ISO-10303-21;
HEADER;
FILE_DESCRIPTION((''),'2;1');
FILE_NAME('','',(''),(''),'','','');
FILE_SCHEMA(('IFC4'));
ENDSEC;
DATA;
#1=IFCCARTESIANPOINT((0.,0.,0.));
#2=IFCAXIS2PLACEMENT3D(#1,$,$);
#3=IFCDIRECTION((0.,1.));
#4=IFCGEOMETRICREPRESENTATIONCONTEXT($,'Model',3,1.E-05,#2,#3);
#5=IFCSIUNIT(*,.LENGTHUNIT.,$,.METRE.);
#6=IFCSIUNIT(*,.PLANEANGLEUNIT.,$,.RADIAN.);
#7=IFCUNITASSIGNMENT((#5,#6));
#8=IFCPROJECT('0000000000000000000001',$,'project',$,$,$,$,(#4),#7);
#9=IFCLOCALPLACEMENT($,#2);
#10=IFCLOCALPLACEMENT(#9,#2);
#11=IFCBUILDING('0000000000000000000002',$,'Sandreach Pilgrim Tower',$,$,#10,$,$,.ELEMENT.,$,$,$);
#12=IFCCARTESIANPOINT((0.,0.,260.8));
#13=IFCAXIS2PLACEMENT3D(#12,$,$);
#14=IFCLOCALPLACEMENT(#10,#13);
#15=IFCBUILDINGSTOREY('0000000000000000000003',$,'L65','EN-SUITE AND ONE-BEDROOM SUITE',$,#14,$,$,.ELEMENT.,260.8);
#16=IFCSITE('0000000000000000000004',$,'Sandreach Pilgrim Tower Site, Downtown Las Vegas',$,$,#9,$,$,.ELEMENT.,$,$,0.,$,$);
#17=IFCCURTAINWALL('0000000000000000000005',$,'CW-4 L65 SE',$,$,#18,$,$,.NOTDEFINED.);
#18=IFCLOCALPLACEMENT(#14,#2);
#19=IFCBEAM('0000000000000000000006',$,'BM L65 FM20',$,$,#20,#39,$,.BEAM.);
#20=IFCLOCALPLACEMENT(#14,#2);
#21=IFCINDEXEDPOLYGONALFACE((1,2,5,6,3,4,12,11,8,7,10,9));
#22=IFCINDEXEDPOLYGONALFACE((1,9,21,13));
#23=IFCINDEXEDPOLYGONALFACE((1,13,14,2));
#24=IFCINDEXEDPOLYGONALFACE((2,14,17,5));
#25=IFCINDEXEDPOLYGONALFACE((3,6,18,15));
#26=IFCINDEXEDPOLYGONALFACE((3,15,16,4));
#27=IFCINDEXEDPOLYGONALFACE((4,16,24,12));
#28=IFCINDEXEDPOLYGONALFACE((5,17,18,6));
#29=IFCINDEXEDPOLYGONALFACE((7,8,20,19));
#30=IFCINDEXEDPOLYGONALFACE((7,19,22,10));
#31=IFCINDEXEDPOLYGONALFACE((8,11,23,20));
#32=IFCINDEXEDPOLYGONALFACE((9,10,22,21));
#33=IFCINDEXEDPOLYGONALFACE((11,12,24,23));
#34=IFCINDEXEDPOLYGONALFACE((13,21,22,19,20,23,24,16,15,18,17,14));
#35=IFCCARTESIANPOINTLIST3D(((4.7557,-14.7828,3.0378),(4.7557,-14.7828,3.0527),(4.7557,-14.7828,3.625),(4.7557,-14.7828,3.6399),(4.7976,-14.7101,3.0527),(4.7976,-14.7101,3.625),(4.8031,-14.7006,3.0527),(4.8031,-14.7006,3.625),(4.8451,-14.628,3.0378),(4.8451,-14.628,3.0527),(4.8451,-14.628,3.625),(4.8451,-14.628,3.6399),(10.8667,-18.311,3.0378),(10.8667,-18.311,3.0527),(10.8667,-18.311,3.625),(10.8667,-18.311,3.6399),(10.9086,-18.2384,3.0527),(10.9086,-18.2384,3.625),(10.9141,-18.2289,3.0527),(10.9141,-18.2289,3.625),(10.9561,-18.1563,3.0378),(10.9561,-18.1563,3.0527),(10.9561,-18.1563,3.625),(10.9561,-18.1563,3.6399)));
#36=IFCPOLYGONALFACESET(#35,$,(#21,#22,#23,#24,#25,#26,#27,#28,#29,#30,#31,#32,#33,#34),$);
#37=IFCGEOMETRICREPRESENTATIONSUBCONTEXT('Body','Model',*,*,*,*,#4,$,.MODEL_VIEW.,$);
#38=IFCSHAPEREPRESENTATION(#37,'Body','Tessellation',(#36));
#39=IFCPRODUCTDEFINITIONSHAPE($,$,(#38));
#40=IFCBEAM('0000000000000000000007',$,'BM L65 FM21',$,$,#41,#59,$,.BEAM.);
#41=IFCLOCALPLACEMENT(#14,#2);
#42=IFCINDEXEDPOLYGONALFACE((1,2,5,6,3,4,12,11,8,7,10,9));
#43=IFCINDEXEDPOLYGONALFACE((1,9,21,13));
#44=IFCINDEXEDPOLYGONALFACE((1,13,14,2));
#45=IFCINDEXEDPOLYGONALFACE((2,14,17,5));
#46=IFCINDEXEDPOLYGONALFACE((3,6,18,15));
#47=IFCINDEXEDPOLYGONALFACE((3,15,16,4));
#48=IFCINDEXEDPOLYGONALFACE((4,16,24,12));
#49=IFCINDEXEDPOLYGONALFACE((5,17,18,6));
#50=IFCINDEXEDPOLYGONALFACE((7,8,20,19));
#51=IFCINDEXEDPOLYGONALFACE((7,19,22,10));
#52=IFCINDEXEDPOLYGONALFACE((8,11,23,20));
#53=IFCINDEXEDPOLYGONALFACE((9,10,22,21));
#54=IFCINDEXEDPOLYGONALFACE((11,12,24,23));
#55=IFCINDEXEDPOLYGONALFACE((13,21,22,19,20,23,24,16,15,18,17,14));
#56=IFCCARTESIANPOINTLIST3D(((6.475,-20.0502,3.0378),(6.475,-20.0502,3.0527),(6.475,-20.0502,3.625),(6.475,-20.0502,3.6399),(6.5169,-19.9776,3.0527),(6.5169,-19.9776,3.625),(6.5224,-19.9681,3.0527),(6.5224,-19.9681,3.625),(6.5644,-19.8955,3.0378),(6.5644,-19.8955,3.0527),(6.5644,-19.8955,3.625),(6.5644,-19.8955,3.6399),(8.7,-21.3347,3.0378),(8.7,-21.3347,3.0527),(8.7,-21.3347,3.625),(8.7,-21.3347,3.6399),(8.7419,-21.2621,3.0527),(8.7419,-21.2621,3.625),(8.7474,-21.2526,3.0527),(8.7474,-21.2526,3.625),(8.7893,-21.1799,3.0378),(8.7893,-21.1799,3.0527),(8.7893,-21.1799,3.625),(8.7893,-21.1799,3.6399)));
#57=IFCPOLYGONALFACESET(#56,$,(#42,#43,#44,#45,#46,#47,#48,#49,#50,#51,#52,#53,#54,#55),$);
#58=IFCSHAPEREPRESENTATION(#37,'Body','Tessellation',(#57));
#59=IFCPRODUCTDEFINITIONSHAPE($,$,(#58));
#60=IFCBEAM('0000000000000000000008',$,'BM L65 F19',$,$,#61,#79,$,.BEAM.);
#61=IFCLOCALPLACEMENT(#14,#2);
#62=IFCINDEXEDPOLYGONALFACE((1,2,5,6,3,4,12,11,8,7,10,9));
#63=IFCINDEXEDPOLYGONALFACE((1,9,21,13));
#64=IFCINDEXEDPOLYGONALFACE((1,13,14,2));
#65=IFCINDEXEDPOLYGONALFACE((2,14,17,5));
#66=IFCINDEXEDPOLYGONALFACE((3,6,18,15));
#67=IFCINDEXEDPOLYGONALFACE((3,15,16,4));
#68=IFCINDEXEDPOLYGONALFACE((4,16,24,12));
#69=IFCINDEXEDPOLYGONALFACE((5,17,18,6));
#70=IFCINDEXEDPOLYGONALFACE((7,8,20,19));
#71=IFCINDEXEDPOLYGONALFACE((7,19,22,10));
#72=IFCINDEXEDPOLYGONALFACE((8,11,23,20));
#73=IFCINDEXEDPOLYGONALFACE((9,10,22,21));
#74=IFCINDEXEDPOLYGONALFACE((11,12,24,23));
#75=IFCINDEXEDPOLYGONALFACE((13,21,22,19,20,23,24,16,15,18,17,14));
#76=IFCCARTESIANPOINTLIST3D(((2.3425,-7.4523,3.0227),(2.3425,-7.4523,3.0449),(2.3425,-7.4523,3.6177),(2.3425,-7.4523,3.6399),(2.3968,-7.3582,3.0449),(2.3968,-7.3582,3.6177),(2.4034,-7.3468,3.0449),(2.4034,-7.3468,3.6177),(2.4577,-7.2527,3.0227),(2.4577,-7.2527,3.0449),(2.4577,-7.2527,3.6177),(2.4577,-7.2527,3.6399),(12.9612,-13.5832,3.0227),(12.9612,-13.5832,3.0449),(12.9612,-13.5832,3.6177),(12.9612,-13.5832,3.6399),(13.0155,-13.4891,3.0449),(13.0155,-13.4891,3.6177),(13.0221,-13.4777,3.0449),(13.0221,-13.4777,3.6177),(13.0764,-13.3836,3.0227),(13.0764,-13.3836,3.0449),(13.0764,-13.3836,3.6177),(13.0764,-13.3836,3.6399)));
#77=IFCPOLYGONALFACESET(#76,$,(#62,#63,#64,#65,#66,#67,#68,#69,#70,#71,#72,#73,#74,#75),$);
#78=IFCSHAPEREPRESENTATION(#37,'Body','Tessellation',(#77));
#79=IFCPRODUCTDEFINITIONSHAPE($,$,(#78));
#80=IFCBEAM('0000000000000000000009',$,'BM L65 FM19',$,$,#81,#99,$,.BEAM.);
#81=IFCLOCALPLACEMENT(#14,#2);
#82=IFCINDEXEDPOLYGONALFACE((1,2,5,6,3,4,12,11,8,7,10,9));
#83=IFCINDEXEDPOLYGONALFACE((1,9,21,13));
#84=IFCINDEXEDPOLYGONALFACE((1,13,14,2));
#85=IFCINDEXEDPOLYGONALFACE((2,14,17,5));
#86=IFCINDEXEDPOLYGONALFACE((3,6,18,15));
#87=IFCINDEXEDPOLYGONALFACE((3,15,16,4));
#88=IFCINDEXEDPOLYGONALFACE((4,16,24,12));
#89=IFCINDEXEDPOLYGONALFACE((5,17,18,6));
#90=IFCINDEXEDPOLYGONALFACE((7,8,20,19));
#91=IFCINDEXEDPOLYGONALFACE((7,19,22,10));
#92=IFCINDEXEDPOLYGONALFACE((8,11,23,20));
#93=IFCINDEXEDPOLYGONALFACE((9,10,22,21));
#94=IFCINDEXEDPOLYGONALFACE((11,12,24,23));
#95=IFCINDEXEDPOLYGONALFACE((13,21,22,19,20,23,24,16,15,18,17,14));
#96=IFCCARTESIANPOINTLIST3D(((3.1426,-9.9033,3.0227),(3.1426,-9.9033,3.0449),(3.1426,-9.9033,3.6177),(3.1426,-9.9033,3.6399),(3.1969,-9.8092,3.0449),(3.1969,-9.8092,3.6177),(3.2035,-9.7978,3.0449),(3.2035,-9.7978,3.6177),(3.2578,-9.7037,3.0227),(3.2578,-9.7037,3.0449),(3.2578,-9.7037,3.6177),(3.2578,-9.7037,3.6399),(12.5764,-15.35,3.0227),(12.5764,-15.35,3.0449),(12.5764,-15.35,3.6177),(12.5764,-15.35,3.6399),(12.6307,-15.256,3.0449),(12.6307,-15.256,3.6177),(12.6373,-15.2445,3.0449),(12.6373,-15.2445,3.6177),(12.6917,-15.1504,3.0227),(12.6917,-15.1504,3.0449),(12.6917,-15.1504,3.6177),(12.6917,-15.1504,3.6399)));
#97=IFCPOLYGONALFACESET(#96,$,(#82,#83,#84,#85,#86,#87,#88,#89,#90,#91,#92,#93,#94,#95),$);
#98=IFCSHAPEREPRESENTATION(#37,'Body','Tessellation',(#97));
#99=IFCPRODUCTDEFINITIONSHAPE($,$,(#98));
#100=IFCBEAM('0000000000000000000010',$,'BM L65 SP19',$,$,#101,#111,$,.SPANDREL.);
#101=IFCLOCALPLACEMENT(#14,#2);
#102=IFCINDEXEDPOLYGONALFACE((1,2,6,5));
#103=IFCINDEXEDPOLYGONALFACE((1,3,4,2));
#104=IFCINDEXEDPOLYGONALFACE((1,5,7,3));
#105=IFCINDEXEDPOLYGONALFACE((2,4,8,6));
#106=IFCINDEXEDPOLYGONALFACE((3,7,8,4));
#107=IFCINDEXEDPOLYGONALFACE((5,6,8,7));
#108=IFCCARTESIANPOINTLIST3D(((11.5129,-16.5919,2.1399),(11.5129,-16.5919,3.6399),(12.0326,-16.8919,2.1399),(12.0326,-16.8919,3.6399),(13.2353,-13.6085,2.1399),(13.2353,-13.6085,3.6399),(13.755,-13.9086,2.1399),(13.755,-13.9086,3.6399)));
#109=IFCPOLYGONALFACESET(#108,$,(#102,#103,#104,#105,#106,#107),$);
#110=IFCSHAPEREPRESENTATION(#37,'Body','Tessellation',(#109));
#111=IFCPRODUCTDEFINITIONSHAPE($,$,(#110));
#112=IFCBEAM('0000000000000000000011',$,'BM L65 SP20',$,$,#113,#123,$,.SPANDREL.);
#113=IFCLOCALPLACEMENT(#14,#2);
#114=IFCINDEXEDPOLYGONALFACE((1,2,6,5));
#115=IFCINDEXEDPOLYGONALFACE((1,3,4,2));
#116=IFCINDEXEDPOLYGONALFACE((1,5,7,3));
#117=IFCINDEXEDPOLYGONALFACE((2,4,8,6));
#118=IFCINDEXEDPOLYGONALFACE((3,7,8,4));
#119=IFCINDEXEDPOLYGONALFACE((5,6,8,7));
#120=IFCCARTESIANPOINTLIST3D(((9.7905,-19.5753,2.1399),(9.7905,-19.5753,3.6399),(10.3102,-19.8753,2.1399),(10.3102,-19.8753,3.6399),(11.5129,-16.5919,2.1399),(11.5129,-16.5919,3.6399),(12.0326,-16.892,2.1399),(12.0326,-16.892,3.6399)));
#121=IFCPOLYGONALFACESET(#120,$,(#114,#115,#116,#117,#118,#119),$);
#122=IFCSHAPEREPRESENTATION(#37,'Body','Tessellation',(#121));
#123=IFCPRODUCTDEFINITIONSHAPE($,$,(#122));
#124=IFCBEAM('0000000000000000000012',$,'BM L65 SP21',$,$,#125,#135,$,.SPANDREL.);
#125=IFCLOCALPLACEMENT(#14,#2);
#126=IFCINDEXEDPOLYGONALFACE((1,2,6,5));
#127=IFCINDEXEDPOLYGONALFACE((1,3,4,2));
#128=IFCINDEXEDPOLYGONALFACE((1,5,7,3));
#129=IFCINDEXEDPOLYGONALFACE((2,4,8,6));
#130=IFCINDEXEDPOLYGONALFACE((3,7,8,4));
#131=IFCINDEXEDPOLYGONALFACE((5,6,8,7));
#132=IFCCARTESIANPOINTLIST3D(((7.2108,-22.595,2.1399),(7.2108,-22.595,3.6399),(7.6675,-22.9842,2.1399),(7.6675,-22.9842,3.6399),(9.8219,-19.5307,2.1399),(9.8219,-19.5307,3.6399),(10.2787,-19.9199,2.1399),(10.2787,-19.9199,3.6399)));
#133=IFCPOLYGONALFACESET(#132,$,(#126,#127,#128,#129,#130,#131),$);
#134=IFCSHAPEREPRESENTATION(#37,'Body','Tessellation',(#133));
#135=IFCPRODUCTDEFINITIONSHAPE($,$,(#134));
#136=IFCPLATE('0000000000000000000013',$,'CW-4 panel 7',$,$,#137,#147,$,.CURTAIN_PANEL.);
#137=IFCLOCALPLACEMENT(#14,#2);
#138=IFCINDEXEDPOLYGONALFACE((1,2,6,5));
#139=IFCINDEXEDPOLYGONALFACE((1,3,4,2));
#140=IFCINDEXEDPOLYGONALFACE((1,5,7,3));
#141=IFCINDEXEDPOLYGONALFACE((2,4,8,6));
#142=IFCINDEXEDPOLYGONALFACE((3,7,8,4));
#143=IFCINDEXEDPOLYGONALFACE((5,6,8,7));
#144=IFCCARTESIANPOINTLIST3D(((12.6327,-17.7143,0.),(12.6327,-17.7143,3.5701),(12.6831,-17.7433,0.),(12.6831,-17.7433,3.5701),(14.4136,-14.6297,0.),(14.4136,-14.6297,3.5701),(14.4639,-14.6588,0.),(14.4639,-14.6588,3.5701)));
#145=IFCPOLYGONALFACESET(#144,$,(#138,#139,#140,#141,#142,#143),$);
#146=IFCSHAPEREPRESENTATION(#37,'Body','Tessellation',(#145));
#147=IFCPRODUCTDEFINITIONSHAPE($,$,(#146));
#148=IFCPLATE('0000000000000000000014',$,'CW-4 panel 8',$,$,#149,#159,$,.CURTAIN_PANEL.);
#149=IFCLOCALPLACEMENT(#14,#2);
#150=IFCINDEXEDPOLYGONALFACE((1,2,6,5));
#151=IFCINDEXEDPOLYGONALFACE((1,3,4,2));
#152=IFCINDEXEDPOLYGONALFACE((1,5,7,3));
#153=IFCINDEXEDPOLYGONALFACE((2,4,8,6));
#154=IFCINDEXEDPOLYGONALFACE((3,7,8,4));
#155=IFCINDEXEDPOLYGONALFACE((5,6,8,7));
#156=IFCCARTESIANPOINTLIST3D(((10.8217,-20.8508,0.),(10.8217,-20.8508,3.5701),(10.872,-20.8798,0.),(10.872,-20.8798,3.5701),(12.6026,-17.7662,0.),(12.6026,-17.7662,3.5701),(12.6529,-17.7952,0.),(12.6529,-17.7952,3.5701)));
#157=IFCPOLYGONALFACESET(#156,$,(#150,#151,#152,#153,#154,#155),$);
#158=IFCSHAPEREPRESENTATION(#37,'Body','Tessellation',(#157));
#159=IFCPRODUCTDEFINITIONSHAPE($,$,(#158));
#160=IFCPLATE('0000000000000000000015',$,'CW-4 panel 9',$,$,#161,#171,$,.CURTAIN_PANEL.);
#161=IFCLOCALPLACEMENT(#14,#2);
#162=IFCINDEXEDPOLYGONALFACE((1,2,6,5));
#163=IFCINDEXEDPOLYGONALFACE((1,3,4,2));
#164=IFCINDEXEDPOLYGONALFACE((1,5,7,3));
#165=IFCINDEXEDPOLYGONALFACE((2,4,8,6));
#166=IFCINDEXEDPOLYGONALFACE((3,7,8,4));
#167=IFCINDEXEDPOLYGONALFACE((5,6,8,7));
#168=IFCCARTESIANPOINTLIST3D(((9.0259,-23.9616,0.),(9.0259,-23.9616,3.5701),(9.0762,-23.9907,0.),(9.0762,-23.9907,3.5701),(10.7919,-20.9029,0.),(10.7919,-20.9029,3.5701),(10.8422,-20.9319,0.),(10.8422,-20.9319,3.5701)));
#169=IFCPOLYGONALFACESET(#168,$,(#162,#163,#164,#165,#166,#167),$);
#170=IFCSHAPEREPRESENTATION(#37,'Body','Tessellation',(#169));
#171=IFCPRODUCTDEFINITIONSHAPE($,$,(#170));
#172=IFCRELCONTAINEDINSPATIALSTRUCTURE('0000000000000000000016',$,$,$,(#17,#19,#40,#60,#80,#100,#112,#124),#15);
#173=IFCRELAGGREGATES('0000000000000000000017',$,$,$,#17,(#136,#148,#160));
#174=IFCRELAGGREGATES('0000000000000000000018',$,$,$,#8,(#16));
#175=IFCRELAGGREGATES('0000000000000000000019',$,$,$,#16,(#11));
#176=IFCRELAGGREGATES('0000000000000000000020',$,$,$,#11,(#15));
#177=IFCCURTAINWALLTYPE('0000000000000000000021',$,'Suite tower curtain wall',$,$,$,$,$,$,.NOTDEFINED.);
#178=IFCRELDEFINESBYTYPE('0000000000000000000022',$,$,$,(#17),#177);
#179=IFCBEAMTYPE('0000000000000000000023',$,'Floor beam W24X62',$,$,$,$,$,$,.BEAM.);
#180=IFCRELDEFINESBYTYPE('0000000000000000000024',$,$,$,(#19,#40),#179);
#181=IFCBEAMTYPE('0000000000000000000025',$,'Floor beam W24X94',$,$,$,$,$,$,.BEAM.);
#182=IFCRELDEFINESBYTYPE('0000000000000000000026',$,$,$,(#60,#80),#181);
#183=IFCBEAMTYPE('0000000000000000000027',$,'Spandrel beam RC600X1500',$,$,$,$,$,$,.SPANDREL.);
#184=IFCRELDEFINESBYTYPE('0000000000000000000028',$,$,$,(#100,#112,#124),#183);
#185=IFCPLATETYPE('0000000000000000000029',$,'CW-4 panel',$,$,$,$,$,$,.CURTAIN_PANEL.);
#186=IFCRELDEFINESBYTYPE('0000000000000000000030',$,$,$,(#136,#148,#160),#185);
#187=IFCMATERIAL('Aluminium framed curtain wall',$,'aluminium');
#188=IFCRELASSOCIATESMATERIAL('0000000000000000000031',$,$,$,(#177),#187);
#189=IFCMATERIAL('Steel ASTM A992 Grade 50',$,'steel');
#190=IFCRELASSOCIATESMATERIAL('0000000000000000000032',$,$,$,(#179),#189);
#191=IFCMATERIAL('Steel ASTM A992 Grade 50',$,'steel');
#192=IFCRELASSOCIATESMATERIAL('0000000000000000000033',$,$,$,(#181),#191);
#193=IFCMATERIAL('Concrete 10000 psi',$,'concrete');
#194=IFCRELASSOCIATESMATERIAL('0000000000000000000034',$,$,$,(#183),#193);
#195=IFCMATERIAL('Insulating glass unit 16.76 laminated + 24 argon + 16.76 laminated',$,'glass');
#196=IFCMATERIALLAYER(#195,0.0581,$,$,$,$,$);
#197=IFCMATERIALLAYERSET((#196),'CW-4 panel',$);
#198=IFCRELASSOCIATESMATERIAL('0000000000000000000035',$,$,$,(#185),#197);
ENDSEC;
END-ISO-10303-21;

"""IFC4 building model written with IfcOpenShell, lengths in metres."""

from ifc_helpers import new_model, si_unit, direction, frame, origin, origin_2d, place, context, subcontext, project, spatial, rectangle, i_section, extrude, material, layer, layer_set, material_profile, profile_set, type_object, element, aggregate, save


model = new_model("IFC4")

# Units and contexts
model_context = context("Model", 3, precision=1e-05, world=origin(), true_north=direction((0.0, 1.0)))
body_context = subcontext(model_context, "Body", "Model", "MODEL_VIEW")
ifc_project = project(units=[si_unit("LENGTHUNIT", "METRE"), si_unit("PLANEANGLEUNIT", "RADIAN")], contexts=[model_context])

# Site, building, storey
site_placement = place(None, origin())
site = spatial("IfcSite", under=ifc_project, at=site_placement, Name="Sandreach Pilgrim Tower Site, Downtown Las Vegas", CompositionType="ELEMENT", RefElevation=0.0)
building_placement = place(site_placement, origin())
building = spatial("IfcBuilding", under=site, at=building_placement, Name="Sandreach Pilgrim Tower", CompositionType="ELEMENT")
storey_placement = place(building_placement, frame((0.0, 0.0, 260.8)))
storey = spatial("IfcBuildingStorey", under=building, at=storey_placement, Name="L65", Description="EN-SUITE AND ONE-BEDROOM SUITE", CompositionType="ELEMENT", Elevation=260.8)

# Curtain wall
ifc_material_1 = material(Name="Aluminium framed curtain wall", Category="aluminium")
curtain_wall_type = type_object("IfcCurtainWallType", Name="Suite tower curtain wall", PredefinedType="NOTDEFINED", material=ifc_material_1)
curtain_wall_placement = place(storey_placement, origin())
curtain_wall = element("IfcCurtainWall", 1, at=curtain_wall_placement, inside=storey, type_object=curtain_wall_type, Name="CW-4 L65 SE", PredefinedType="NOTDEFINED")

# Beams
ifc_material_2 = material(Name="Steel ASTM A992 Grade 50", Category="steel")
ifc_material_profile_1 = material_profile(ifc_material_2, i_section(OverallWidth=0.1787, OverallDepth=0.6021, WebThickness=0.011, FlangeThickness=0.0149, at=origin_2d()), Name="W24X62")
ifc_profile_set_1 = profile_set([ifc_material_profile_1], Name="Steel ASTM A992 Grade 50")
beam_type_1 = type_object("IfcBeamType", Name="Floor beam W24X62", PredefinedType="BEAM", material=ifc_profile_set_1)
beam_1_placement = place(storey_placement, frame((10.9114, -18.2336, 3.3389), z_axis=(-0.86602, 0.500009, 0.0), x_axis=(-0.500009, -0.86602, 0.0)))
element("IfcBeam", 2, at=beam_1_placement, inside=storey, type_object=beam_type_1, Name="BM L65 FM20", PredefinedType="BEAM", context=body_context, shape_type="SweptSolid", body=[
    extrude(i_section(OverallWidth=0.1787, OverallDepth=0.6021, WebThickness=0.011, FlangeThickness=0.0149, at=origin_2d()), origin(), (0.0, 0.0, 1.0), 7.0564),
])
beam_2_placement = place(storey_placement, frame((8.7446, -21.2573, 3.3389), z_axis=(-0.866042, 0.499972, 0.0), x_axis=(-0.499972, -0.866042, 0.0)))
element("IfcBeam", 3, at=beam_2_placement, inside=storey, type_object=beam_type_1, Name="BM L65 FM21", PredefinedType="BEAM", context=body_context, shape_type="SweptSolid", body=[
    extrude(i_section(OverallWidth=0.1787, OverallDepth=0.6021, WebThickness=0.011, FlangeThickness=0.0149, at=origin_2d()), origin(), (0.0, 0.0, 1.0), 2.5691),
])
ifc_material_3 = material(Name="Steel ASTM A992 Grade 50", Category="steel")
ifc_material_profile_2 = material_profile(ifc_material_3, i_section(OverallWidth=0.2305, OverallDepth=0.6172, WebThickness=0.0132, FlangeThickness=0.0222, at=origin_2d()), Name="W24X94")
ifc_profile_set_2 = profile_set([ifc_material_profile_2], Name="Steel ASTM A992 Grade 50")
beam_type_2 = type_object("IfcBeamType", Name="Floor beam W24X94", PredefinedType="BEAM", material=ifc_profile_set_2)
beam_3_placement = place(storey_placement, frame((13.0188, -13.4834, 3.3313), z_axis=(-0.866019, 0.500011, 0.0), x_axis=(-0.500011, -0.866019, 0.0)))
element("IfcBeam", 4, at=beam_3_placement, inside=storey, type_object=beam_type_2, Name="BM L65 F19", PredefinedType="BEAM", context=body_context, shape_type="SweptSolid", body=[
    extrude(i_section(OverallWidth=0.2305, OverallDepth=0.6172, WebThickness=0.0132, FlangeThickness=0.0222, at=origin_2d()), origin(), (0.0, 0.0, 1.0), 12.2615),
])
beam_4_placement = place(storey_placement, frame((12.634, -15.2502, 3.3313), z_axis=(-0.86602, 0.50001, 0.0), x_axis=(-0.50001, -0.86602, 0.0)))
element("IfcBeam", 5, at=beam_4_placement, inside=storey, type_object=beam_type_2, Name="BM L65 FM19", PredefinedType="BEAM", context=body_context, shape_type="SweptSolid", body=[
    extrude(i_section(OverallWidth=0.2305, OverallDepth=0.6172, WebThickness=0.0132, FlangeThickness=0.0222, at=origin_2d()), origin(), (0.0, 0.0, 1.0), 10.8933),
])
ifc_material_4 = material(Name="Concrete 10000 psi", Category="concrete")
ifc_material_profile_3 = material_profile(ifc_material_4, rectangle(XDim=0.6001, YDim=1.5, at=origin_2d()), Name="RC600X1500")
ifc_profile_set_3 = profile_set([ifc_material_profile_3], Name="Concrete 10000 psi")
beam_type_3 = type_object("IfcBeamType", Name="Spandrel beam RC600X1500", PredefinedType="SPANDREL", material=ifc_profile_set_3)
for number, where, z_axis, x_axis, name in (
    (6, (13.4951, -13.7585, 2.8899), (-0.499988, -0.866032, 0.0), (0.866032, -0.499988, 0.0), "BM L65 SP19"),
    (7, (11.7727, -16.7419, 2.8899), (-0.499988, -0.866032, 0.0), (0.866032, -0.499988, 0.0), "BM L65 SP20"),
):
    element("IfcBeam", number, at=place(storey_placement, frame(where, z_axis=z_axis, x_axis=x_axis)), inside=storey, type_object=beam_type_3, Name=name, PredefinedType="SPANDREL", context=body_context, shape_type="SweptSolid", body=[
        extrude(rectangle(XDim=0.6001, YDim=1.5, at=origin_2d()), origin(), (0.0, 0.0, 1.0), 3.4448),
    ])
beam_5_placement = place(storey_placement, frame((10.0503, -19.7253, 2.8899), z_axis=(-0.648586, -0.761141, 0.0), x_axis=(0.761141, -0.648586, 0.0)))
element("IfcBeam", 8, at=beam_5_placement, inside=storey, type_object=beam_type_3, Name="BM L65 SP21", PredefinedType="SPANDREL", context=body_context, shape_type="SweptSolid", body=[
    extrude(rectangle(XDim=0.6001, YDim=1.5, at=origin_2d()), origin(), (0.0, 0.0, 1.0), 4.0259),
])

# Plates
ifc_material_5 = material(Name="Insulating glass unit 16.76 laminated + 24 argon + 16.76 laminated", Category="glass")
ifc_layer_1 = layer(ifc_material_5, 0.0581)
ifc_layer_set_1 = layer_set([ifc_layer_1], Name="CW-4 panel")
plate_type = type_object("IfcPlateType", Name="CW-4 panel", PredefinedType="CURTAIN_PANEL", material=ifc_layer_set_1)
plate_1_placement = place(storey_placement, frame((13.5483, -16.1865, 0.0), z_axis=(0.0, 0.0, 1.0), x_axis=(-0.5, -0.866025, 0.0)))
plate_1 = element("IfcPlate", 9, at=plate_1_placement, type_object=plate_type, Name="CW-4 panel 7", PredefinedType="CURTAIN_PANEL", context=body_context, shape_type="SweptSolid", body=[
    extrude(rectangle(XDim=3.5618, YDim=0.0581, at=origin_2d()), origin(), (0.0, 0.0, 1.0), 3.5701),
])
plate_2_placement = place(storey_placement, frame((11.7373, -19.323, 0.0), z_axis=(0.0, 0.0, 1.0), x_axis=(-0.5, -0.866025, 0.0)))
plate_2 = element("IfcPlate", 10, at=plate_2_placement, type_object=plate_type, Name="CW-4 panel 8", PredefinedType="CURTAIN_PANEL", context=body_context, shape_type="SweptSolid", body=[
    extrude(rectangle(XDim=3.5618, YDim=0.0581, at=origin_2d()), origin(), (0.0, 0.0, 1.0), 3.5701),
])
plate_3_placement = place(storey_placement, frame((9.9341, -22.4468, 0.0), z_axis=(0.0, 0.0, 1.0), x_axis=(-0.5, -0.866025, 0.0)))
plate_3 = element("IfcPlate", 11, at=plate_3_placement, type_object=plate_type, Name="CW-4 panel 9", PredefinedType="CURTAIN_PANEL", context=body_context, shape_type="SweptSolid", body=[
    extrude(rectangle(XDim=3.532, YDim=0.0581, at=origin_2d()), origin(), (0.0, 0.0, 1.0), 3.5701),
])
aggregate(curtain_wall, [plate_1, plate_2, plate_3])

save(model, "model.ifc")
